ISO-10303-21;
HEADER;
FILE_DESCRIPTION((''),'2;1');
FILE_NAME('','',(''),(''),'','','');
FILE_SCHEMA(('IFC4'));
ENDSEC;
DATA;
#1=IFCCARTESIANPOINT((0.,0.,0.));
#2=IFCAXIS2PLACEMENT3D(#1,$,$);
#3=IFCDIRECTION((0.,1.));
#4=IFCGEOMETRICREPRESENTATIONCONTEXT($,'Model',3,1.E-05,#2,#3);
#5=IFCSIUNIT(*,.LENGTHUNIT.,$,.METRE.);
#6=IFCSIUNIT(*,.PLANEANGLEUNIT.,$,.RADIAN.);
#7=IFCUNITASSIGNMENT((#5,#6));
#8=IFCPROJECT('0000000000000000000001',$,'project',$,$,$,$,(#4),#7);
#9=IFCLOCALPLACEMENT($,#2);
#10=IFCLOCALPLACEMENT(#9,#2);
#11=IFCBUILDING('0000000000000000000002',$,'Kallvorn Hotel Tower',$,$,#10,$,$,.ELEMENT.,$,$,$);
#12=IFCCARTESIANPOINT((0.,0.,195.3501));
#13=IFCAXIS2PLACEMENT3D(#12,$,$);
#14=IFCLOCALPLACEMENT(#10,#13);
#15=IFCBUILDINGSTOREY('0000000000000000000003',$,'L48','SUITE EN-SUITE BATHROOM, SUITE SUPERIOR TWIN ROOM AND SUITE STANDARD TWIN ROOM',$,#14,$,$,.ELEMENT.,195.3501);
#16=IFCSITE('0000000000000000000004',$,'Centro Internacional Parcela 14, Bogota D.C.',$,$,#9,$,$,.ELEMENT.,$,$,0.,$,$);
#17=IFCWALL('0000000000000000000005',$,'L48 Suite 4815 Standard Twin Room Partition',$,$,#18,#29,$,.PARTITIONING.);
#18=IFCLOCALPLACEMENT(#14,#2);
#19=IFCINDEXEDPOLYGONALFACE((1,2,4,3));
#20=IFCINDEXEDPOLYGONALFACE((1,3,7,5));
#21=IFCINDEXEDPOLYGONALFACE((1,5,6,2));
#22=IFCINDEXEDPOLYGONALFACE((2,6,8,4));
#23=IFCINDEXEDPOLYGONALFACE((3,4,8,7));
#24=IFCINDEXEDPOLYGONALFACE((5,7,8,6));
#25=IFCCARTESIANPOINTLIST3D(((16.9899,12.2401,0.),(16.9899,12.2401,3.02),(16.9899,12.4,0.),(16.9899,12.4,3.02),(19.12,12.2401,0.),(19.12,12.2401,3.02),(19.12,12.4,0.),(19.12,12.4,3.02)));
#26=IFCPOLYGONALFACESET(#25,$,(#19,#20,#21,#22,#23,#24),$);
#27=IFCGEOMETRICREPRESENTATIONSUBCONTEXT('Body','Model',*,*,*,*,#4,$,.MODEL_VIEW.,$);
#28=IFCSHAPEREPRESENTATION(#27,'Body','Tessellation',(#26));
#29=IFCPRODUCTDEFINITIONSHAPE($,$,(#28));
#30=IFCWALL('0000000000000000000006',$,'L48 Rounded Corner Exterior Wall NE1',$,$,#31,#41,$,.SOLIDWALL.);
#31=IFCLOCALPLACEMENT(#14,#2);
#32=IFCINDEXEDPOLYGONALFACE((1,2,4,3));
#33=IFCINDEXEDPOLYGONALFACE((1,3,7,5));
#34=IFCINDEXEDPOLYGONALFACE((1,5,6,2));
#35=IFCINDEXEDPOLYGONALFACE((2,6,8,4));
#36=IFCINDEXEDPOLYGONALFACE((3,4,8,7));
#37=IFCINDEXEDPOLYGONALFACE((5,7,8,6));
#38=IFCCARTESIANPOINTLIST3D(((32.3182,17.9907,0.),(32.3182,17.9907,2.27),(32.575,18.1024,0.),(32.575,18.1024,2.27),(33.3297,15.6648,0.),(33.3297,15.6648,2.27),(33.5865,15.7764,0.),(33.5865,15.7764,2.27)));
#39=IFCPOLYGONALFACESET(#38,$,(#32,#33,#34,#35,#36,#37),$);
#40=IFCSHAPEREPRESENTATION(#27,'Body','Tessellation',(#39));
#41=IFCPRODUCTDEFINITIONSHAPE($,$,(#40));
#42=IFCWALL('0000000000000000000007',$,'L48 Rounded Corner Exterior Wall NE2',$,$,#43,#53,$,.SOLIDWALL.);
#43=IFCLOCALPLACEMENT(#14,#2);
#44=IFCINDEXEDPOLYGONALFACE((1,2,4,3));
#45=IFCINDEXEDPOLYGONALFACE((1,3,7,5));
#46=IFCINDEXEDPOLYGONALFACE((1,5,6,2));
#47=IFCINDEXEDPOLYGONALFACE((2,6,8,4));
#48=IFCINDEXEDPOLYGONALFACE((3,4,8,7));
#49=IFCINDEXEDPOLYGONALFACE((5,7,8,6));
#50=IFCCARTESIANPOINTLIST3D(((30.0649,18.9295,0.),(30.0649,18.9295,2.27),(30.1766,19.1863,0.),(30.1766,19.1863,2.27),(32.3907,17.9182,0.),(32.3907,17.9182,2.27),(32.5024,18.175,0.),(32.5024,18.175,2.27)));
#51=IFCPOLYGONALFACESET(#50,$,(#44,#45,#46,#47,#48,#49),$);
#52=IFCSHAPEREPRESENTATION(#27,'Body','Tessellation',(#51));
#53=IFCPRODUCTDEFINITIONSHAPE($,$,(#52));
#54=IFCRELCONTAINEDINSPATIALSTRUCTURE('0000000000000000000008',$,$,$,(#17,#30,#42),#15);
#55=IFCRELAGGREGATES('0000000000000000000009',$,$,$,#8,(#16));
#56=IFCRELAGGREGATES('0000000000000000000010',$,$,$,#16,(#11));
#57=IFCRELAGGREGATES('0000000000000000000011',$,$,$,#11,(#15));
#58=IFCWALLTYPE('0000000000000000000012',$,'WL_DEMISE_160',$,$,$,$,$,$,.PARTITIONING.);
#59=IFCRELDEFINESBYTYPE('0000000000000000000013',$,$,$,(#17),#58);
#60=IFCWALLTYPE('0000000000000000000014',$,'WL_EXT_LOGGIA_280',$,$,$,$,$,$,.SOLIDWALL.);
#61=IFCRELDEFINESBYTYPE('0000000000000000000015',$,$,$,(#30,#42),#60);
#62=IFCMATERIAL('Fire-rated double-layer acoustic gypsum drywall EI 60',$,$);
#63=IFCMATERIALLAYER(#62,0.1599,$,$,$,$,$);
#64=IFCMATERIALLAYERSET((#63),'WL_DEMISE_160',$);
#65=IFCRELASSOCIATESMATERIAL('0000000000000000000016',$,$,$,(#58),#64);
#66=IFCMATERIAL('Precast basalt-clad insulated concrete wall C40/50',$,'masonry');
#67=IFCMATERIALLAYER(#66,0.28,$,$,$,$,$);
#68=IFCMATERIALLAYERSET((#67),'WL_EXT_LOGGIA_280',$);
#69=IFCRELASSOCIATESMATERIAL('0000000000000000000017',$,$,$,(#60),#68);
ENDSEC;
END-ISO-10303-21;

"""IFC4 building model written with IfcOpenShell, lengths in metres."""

from ifc_helpers import new_model, si_unit, direction, frame, frame_2d, origin, place, context, subcontext, project, spatial, rectangle, extrude, material, layer, layer_set, type_object, element, save


model = new_model("IFC4")

# Units and contexts
model_context = context("Model", 3, precision=1e-05, world=origin(), true_north=direction((0.0, 1.0)))
body_context = subcontext(model_context, "Body", "Model", "MODEL_VIEW")
ifc_project = project(units=[si_unit("LENGTHUNIT", "METRE"), si_unit("PLANEANGLEUNIT", "RADIAN")], contexts=[model_context])

# Site, building, storey
site_placement = place(None, origin())
site = spatial("IfcSite", under=ifc_project, at=site_placement, Name="Centro Internacional Parcela 14, Bogota D.C.", CompositionType="ELEMENT", RefElevation=0.0)
building_placement = place(site_placement, origin())
building = spatial("IfcBuilding", under=site, at=building_placement, Name="Kallvorn Hotel Tower", CompositionType="ELEMENT")
storey_placement = place(building_placement, frame((0.0, 0.0, 195.3501)))
storey = spatial("IfcBuildingStorey", under=building, at=storey_placement, Name="L48", Description="SUITE EN-SUITE BATHROOM, SUITE SUPERIOR TWIN ROOM AND SUITE STANDARD TWIN ROOM", CompositionType="ELEMENT", Elevation=195.3501)

# Walls
ifc_material_1 = material(Name="Fire-rated double-layer acoustic gypsum drywall EI 60")
ifc_layer_1 = layer(ifc_material_1, 0.1599)
ifc_layer_set_1 = layer_set([ifc_layer_1], Name="WL_DEMISE_160")
wall_type_1 = type_object("IfcWallType", Name="WL_DEMISE_160", PredefinedType="PARTITIONING", material=ifc_layer_set_1)
wall_1_placement = place(storey_placement, frame((16.99, 12.3201, 0.0), z_axis=(0.0, 0.0, 1.0), x_axis=(1.0, 0.0, 0.0)))
element("IfcWall", 1, at=wall_1_placement, inside=storey, type_object=wall_type_1, Name="L48 Suite 4815 Standard Twin Room Partition", PredefinedType="PARTITIONING", context=body_context, shape_type="SweptSolid", body=[
    extrude(rectangle(XDim=2.1301, YDim=0.1599, at=frame_2d((1.0649, 0.0))), origin(), (0.0, 0.0, 1.0), 3.02),
])
ifc_material_2 = material(Name="Precast basalt-clad insulated concrete wall C40/50", Category="masonry")
ifc_layer_2 = layer(ifc_material_2, 0.28)
ifc_layer_set_2 = layer_set([ifc_layer_2], Name="WL_EXT_LOGGIA_280")
wall_type_2 = type_object("IfcWallType", Name="WL_EXT_LOGGIA_280", PredefinedType="SOLIDWALL", material=ifc_layer_set_2)
wall_2_placement = place(storey_placement, frame((33.458, 15.7207, 0.0), z_axis=(0.0, 0.0, 1.0), x_axis=(-0.398793, 0.917041, 0.0)))
element("IfcWall", 2, at=wall_2_placement, inside=storey, type_object=wall_type_2, Name="L48 Rounded Corner Exterior Wall NE1", PredefinedType="SOLIDWALL", context=body_context, shape_type="SweptSolid", body=[
    extrude(rectangle(XDim=2.5364, YDim=0.28, at=frame_2d((1.2681, 0.0))), origin(), (0.0, 0.0, 1.0), 2.27),
])
wall_3_placement = place(storey_placement, frame((32.4465, 18.0466, 0.0), z_axis=(0.0, 0.0, 1.0), x_axis=(-0.917061, 0.398747, 0.0)))
element("IfcWall", 3, at=wall_3_placement, inside=storey, type_object=wall_type_2, Name="L48 Rounded Corner Exterior Wall NE2", PredefinedType="SOLIDWALL", context=body_context, shape_type="SweptSolid", body=[
    extrude(rectangle(XDim=2.5361, YDim=0.28, at=frame_2d((1.2681, 0.0))), origin(), (0.0, 0.0, 1.0), 2.27),
])

save(model, "model.ifc")
